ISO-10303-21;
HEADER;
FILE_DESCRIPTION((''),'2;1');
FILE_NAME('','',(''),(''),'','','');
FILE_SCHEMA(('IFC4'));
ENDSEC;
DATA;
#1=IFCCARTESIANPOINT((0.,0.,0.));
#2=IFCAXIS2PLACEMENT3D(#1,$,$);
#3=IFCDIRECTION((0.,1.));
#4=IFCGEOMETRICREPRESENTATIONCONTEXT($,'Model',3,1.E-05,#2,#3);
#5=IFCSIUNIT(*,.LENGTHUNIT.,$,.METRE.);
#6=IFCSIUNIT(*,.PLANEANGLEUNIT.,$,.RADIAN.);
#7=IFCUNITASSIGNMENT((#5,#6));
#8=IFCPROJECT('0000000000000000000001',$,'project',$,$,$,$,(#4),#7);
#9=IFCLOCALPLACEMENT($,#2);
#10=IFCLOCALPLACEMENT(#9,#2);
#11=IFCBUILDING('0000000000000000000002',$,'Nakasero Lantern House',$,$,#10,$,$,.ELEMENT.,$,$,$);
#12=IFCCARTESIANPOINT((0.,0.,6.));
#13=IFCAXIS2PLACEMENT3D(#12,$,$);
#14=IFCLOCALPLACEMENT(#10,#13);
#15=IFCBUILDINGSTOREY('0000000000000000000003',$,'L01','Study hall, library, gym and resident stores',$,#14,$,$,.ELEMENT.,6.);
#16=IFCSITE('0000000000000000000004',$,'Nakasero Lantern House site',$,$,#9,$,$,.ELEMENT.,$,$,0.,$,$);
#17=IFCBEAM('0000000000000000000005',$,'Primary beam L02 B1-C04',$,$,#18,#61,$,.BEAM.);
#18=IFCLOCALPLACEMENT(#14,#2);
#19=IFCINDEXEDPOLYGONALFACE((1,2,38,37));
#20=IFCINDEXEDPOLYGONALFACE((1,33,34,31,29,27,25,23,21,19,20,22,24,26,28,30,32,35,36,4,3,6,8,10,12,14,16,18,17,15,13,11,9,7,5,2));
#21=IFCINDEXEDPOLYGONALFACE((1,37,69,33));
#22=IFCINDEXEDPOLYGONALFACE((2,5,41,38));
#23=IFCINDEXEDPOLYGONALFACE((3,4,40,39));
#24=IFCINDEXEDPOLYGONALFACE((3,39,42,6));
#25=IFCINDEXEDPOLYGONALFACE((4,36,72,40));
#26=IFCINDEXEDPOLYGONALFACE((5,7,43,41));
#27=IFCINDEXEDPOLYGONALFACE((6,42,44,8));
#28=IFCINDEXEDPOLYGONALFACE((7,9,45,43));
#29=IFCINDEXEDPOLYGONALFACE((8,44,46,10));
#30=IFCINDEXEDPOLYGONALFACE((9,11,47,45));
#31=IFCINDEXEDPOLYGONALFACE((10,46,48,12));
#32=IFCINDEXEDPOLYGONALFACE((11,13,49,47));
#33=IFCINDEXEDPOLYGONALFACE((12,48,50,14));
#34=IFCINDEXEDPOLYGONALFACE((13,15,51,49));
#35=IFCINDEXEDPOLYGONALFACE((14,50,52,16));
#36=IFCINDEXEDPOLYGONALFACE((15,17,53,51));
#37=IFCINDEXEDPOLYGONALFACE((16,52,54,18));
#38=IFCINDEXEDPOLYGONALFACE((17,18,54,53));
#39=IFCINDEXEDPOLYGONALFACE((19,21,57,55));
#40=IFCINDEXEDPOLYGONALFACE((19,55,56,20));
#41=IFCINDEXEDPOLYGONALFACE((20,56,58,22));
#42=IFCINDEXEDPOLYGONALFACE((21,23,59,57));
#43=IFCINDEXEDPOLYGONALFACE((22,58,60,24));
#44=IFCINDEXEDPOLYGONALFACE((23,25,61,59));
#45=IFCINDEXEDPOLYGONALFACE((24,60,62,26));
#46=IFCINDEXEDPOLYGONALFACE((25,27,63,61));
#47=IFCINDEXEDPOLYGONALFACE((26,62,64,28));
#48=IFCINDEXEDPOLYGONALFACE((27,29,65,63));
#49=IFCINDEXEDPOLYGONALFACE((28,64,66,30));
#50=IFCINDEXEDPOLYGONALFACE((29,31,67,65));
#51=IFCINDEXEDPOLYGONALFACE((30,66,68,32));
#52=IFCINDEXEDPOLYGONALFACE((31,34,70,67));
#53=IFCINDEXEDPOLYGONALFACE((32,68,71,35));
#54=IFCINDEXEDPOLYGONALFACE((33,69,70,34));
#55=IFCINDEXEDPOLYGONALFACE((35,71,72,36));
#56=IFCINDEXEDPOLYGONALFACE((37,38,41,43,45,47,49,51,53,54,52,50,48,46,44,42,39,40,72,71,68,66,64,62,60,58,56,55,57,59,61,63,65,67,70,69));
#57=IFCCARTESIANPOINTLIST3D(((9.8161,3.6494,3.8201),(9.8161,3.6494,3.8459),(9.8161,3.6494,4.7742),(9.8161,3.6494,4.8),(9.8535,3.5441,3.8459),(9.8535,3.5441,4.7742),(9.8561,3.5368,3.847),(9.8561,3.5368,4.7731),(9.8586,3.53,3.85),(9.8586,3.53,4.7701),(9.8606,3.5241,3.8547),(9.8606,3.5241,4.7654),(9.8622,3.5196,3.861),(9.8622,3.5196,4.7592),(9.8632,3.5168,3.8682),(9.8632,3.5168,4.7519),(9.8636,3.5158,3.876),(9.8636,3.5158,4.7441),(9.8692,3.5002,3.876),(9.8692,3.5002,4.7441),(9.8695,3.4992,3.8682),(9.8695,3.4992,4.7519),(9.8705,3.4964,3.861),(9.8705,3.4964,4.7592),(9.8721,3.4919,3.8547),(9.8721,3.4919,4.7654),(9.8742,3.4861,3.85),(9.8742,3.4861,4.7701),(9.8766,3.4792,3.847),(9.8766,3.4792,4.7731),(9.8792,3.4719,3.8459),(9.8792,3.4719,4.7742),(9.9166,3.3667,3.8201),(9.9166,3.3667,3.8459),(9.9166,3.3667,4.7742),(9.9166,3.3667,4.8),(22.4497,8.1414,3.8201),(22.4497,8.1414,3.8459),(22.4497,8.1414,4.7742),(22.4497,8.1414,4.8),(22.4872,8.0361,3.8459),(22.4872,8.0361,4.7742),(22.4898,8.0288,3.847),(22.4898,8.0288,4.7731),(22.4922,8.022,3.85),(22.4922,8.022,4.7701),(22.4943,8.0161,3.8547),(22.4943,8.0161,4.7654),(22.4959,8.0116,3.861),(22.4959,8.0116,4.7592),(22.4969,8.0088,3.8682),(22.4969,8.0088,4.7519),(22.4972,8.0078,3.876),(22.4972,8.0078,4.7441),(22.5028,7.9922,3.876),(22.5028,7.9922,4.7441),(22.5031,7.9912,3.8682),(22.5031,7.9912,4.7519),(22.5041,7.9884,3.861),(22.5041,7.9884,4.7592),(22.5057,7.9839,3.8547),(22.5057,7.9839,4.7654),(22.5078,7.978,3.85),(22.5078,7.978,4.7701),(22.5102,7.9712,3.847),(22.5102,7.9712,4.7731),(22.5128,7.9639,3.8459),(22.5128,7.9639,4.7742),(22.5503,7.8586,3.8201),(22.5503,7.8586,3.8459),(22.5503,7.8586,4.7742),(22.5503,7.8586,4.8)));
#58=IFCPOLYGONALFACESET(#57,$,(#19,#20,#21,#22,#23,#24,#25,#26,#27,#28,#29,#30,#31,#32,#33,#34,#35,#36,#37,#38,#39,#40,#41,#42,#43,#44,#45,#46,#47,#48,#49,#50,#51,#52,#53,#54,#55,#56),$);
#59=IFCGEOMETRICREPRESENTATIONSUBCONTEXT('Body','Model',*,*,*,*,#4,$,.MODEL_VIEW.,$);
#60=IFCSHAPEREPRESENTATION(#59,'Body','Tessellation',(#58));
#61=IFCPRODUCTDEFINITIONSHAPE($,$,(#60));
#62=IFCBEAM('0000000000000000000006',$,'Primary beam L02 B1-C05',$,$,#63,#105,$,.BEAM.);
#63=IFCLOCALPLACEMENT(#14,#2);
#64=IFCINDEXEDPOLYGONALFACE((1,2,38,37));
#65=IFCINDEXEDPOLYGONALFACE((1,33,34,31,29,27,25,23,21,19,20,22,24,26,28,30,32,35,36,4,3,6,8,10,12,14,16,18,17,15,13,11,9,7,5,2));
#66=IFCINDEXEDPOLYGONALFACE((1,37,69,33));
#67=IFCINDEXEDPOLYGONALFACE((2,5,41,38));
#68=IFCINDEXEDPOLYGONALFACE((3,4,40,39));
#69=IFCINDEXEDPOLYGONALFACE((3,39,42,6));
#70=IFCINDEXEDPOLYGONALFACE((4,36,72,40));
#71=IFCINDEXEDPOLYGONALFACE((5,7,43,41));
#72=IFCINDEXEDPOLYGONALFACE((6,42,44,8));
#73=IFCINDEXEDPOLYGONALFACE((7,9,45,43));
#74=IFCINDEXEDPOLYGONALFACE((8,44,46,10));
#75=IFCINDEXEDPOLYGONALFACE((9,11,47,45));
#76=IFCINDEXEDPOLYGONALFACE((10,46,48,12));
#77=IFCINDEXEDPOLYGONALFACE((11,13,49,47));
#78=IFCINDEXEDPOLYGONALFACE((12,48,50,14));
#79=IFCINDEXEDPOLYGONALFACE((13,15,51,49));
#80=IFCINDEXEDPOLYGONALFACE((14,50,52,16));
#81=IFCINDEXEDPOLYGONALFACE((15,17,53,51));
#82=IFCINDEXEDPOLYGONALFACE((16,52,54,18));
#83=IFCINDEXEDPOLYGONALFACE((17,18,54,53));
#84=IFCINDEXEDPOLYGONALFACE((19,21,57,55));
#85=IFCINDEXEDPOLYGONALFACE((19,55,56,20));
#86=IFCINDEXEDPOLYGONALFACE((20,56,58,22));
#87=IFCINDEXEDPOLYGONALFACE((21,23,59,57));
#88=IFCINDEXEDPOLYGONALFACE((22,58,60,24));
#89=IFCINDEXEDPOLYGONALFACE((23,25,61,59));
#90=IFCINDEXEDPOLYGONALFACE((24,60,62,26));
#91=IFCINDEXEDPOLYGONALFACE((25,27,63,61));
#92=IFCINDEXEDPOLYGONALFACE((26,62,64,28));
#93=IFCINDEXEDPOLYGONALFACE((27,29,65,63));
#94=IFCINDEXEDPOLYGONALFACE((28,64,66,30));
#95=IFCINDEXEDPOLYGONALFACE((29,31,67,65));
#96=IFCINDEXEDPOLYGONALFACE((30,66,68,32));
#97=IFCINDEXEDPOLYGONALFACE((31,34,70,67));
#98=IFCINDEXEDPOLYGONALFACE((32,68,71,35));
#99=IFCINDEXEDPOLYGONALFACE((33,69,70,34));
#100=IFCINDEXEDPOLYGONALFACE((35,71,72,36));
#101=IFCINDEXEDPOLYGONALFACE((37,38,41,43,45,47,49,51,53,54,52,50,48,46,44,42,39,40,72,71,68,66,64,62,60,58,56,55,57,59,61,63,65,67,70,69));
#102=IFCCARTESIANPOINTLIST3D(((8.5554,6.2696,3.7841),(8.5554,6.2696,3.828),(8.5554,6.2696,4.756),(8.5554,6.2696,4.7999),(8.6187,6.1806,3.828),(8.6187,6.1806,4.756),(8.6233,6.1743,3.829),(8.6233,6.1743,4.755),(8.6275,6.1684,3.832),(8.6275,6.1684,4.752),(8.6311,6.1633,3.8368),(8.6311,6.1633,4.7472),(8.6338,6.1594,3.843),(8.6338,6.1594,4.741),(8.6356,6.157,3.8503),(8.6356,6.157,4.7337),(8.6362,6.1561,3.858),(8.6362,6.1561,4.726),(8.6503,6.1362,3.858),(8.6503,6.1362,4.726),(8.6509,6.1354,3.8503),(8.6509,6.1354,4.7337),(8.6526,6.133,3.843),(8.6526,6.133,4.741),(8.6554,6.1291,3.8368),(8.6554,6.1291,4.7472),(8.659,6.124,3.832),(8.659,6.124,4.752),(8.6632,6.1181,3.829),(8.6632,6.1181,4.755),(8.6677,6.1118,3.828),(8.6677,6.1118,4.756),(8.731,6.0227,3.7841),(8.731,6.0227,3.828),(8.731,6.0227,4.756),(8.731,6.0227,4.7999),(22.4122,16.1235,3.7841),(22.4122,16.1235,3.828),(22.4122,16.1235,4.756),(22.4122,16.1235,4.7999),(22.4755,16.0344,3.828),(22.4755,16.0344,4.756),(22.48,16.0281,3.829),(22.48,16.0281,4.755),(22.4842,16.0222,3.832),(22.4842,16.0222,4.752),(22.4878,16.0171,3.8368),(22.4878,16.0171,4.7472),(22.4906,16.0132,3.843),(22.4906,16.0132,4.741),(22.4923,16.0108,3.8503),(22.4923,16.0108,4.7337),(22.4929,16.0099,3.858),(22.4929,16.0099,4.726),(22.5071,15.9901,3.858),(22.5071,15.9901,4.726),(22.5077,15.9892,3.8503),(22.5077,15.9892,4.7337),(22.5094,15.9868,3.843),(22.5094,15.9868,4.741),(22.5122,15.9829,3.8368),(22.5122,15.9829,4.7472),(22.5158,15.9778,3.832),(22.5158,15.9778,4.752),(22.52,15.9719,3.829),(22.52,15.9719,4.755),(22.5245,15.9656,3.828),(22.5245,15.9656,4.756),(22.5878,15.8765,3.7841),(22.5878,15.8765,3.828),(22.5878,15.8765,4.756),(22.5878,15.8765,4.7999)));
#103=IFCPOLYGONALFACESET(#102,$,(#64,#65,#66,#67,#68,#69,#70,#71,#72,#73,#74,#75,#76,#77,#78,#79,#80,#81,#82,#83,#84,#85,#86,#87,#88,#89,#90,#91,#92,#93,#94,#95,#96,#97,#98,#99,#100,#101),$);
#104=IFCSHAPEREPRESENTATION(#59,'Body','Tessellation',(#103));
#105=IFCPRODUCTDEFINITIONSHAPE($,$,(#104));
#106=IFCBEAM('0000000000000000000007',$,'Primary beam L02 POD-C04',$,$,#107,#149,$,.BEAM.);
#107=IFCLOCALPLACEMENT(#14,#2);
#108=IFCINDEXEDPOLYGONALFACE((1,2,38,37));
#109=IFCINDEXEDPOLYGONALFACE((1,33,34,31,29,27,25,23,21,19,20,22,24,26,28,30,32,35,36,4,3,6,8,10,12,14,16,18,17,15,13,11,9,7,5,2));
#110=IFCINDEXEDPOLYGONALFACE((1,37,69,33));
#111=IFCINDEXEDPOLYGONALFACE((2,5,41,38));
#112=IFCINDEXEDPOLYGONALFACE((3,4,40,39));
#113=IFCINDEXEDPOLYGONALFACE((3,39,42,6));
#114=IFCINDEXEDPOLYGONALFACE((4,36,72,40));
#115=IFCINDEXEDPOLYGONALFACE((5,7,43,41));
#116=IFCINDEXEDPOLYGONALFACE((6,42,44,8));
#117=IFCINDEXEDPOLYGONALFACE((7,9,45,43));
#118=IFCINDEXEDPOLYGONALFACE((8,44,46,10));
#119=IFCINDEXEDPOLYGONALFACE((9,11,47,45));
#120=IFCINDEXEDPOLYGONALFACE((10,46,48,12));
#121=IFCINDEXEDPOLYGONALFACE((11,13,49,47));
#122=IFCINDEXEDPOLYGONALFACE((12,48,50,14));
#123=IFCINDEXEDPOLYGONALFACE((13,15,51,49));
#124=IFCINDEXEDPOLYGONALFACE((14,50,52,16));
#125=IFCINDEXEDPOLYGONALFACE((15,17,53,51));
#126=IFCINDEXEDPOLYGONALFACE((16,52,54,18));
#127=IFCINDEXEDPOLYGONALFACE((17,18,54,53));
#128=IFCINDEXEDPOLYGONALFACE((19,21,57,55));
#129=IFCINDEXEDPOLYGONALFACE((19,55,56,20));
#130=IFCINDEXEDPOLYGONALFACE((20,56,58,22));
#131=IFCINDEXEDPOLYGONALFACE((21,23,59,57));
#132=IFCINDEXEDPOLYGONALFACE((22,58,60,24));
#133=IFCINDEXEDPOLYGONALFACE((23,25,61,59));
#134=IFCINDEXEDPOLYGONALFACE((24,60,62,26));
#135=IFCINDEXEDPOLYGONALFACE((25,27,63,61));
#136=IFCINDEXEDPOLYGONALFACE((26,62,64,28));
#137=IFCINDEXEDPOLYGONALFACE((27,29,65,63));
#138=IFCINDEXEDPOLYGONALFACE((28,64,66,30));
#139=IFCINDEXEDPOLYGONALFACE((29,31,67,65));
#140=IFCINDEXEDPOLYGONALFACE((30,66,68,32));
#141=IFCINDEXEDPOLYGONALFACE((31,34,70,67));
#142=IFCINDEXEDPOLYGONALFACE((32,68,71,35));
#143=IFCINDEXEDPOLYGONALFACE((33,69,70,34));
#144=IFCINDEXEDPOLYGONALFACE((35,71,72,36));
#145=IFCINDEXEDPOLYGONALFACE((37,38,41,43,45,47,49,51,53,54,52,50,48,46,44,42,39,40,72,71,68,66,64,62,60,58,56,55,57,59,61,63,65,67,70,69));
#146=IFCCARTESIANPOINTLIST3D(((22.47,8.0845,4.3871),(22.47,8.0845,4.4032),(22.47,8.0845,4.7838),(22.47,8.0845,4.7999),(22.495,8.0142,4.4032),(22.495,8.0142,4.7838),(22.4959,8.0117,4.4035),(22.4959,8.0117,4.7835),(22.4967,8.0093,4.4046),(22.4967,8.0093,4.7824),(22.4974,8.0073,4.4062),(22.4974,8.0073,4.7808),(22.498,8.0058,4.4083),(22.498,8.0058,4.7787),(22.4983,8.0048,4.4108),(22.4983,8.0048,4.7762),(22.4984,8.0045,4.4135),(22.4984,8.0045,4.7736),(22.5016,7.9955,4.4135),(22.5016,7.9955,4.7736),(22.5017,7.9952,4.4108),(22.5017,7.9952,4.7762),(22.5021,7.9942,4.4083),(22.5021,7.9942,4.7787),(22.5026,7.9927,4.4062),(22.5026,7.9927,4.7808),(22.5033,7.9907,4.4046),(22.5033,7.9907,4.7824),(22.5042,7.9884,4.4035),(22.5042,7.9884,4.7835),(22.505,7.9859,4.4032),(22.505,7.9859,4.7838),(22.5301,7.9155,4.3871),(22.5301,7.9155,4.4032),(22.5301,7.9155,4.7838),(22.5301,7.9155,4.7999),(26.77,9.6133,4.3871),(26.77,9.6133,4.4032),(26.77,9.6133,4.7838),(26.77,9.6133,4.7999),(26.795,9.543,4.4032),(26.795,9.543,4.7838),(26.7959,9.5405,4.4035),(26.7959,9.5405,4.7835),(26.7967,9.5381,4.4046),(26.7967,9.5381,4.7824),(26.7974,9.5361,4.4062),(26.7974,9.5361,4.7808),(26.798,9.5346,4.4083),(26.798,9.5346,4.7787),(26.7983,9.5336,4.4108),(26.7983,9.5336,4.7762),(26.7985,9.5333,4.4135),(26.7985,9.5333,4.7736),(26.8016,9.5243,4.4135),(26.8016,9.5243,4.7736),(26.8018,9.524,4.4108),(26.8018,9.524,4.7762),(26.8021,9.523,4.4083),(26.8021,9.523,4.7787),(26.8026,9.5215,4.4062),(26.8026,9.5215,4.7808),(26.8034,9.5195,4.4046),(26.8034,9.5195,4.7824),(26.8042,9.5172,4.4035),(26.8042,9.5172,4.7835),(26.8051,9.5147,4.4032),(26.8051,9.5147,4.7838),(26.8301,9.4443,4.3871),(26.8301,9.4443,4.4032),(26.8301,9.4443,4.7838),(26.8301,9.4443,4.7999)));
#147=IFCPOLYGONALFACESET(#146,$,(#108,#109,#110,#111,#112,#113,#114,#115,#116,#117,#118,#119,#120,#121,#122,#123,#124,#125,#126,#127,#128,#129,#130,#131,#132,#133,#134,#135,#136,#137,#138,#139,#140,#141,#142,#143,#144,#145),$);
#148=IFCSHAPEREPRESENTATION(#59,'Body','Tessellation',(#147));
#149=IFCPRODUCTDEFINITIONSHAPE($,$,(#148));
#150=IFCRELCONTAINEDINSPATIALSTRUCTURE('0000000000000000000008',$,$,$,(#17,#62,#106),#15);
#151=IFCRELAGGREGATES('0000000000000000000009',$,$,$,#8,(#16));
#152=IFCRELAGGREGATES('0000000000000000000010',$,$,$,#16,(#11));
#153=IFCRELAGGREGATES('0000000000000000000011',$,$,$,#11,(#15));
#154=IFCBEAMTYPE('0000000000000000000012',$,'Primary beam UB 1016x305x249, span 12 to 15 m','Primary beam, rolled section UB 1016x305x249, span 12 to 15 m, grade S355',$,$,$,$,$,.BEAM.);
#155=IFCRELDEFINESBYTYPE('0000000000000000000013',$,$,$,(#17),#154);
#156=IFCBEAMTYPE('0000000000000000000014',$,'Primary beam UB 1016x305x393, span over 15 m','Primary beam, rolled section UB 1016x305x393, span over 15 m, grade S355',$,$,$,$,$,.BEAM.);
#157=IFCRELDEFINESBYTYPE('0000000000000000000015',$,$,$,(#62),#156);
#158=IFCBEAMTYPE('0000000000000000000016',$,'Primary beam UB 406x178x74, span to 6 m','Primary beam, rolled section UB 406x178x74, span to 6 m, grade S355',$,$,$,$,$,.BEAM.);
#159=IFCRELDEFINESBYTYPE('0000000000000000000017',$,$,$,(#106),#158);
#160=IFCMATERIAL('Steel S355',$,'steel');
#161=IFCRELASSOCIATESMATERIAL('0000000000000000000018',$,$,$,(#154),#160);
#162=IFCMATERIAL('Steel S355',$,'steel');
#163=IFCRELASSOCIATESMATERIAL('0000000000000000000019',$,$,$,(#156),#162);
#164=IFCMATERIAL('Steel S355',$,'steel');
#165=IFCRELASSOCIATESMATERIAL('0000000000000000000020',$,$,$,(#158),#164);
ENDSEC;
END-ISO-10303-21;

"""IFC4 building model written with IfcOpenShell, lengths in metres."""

from ifc_helpers import new_model, si_unit, direction, frame, origin, origin_2d, place, context, subcontext, project, spatial, i_section, extrude, material, material_profile, profile_set, type_object, element, save


model = new_model("IFC4")

# Units and contexts
model_context = context("Model", 3, precision=1e-05, world=origin(), true_north=direction((0.0, 1.0)))
body_context = subcontext(model_context, "Body", "Model", "MODEL_VIEW")
ifc_project = project(units=[si_unit("LENGTHUNIT", "METRE"), si_unit("PLANEANGLEUNIT", "RADIAN")], contexts=[model_context])

# Site, building, storey
site_placement = place(None, origin())
site = spatial("IfcSite", under=ifc_project, at=site_placement, Name="Nakasero Lantern House site", CompositionType="ELEMENT", RefElevation=0.0)
building_placement = place(site_placement, origin())
building = spatial("IfcBuilding", under=site, at=building_placement, Name="Nakasero Lantern House", CompositionType="ELEMENT")
storey_placement = place(building_placement, frame((0.0, 0.0, 6.0)))
storey = spatial("IfcBuildingStorey", under=building, at=storey_placement, Name="L01", Description="Study hall, library, gym and resident stores", CompositionType="ELEMENT", Elevation=6.0)

# Beams
ifc_material_1 = material(Name="Steel S355", Category="steel")
ifc_material_profile_1 = material_profile(ifc_material_1, i_section(OverallWidth=0.3, OverallDepth=0.98, WebThickness=0.0166, FlangeThickness=0.0259, FilletRadius=0.03, at=origin_2d()), Name="UB 1016x305x249")
ifc_profile_set_1 = profile_set([ifc_material_profile_1], Name="Steel S355")
beam_type_1 = type_object("IfcBeamType", Name="Primary beam UB 1016x305x249, span 12 to 15 m", Description="Primary beam, rolled section UB 1016x305x249, span 12 to 15 m, grade S355", PredefinedType="BEAM", material=ifc_profile_set_1)
beam_1_placement = place(storey_placement, frame((22.5, 8.0, 4.3101), z_axis=(-0.942214, -0.335011, 0.0), x_axis=(0.335011, -0.942214, 0.0)))
element("IfcBeam", 1, at=beam_1_placement, inside=storey, type_object=beam_type_1, Name="Primary beam L02 B1-C04", PredefinedType="BEAM", context=body_context, shape_type="SweptSolid", body=[
    extrude(i_section(OverallWidth=0.3, OverallDepth=0.98, WebThickness=0.0166, FlangeThickness=0.0259, FilletRadius=0.03, at=origin_2d()), origin(), (0.0, 0.0, 1.0), 13.4084),
])
ifc_material_2 = material(Name="Steel S355", Category="steel")
ifc_material_profile_2 = material_profile(ifc_material_2, i_section(OverallWidth=0.303, OverallDepth=1.0159, WebThickness=0.0244, FlangeThickness=0.0439, FilletRadius=0.03, at=origin_2d()), Name="UB 1016x305x393")
ifc_profile_set_2 = profile_set([ifc_material_profile_2], Name="Steel S355")
beam_type_2 = type_object("IfcBeamType", Name="Primary beam UB 1016x305x393, span over 15 m", Description="Primary beam, rolled section UB 1016x305x393, span over 15 m, grade S355", PredefinedType="BEAM", material=ifc_profile_set_2)
beam_2_placement = place(storey_placement, frame((22.5, 16.0, 4.292), z_axis=(-0.814952, -0.579528, 0.0), x_axis=(0.579528, -0.814952, 0.0)))
element("IfcBeam", 2, at=beam_2_placement, inside=storey, type_object=beam_type_2, Name="Primary beam L02 B1-C05", PredefinedType="BEAM", context=body_context, shape_type="SweptSolid", body=[
    extrude(i_section(OverallWidth=0.303, OverallDepth=1.0159, WebThickness=0.0244, FlangeThickness=0.0439, FilletRadius=0.03, at=origin_2d()), origin(), (0.0, 0.0, 1.0), 17.0032),
])
ifc_material_3 = material(Name="Steel S355", Category="steel")
ifc_material_profile_3 = material_profile(ifc_material_3, i_section(OverallWidth=0.1794, OverallDepth=0.4128, WebThickness=0.0095, FlangeThickness=0.0161, FilletRadius=0.0103, at=origin_2d()), Name="UB 406x178x74")
ifc_profile_set_3 = profile_set([ifc_material_profile_3], Name="Steel S355")
beam_type_3 = type_object("IfcBeamType", Name="Primary beam UB 406x178x74, span to 6 m", Description="Primary beam, rolled section UB 406x178x74, span to 6 m, grade S355", PredefinedType="BEAM", material=ifc_profile_set_3)
beam_3_placement = place(storey_placement, frame((26.8, 9.5288, 4.5935), z_axis=(-0.942221, -0.334991, 0.0), x_axis=(0.334991, -0.942221, 0.0)))
element("IfcBeam", 3, at=beam_3_placement, inside=storey, type_object=beam_type_3, Name="Primary beam L02 POD-C04", PredefinedType="BEAM", context=body_context, shape_type="SweptSolid", body=[
    extrude(i_section(OverallWidth=0.1794, OverallDepth=0.4128, WebThickness=0.0095, FlangeThickness=0.0161, FilletRadius=0.0103, at=origin_2d()), origin(), (0.0, 0.0, 1.0), 4.5637),
])

save(model, "model.ifc")
